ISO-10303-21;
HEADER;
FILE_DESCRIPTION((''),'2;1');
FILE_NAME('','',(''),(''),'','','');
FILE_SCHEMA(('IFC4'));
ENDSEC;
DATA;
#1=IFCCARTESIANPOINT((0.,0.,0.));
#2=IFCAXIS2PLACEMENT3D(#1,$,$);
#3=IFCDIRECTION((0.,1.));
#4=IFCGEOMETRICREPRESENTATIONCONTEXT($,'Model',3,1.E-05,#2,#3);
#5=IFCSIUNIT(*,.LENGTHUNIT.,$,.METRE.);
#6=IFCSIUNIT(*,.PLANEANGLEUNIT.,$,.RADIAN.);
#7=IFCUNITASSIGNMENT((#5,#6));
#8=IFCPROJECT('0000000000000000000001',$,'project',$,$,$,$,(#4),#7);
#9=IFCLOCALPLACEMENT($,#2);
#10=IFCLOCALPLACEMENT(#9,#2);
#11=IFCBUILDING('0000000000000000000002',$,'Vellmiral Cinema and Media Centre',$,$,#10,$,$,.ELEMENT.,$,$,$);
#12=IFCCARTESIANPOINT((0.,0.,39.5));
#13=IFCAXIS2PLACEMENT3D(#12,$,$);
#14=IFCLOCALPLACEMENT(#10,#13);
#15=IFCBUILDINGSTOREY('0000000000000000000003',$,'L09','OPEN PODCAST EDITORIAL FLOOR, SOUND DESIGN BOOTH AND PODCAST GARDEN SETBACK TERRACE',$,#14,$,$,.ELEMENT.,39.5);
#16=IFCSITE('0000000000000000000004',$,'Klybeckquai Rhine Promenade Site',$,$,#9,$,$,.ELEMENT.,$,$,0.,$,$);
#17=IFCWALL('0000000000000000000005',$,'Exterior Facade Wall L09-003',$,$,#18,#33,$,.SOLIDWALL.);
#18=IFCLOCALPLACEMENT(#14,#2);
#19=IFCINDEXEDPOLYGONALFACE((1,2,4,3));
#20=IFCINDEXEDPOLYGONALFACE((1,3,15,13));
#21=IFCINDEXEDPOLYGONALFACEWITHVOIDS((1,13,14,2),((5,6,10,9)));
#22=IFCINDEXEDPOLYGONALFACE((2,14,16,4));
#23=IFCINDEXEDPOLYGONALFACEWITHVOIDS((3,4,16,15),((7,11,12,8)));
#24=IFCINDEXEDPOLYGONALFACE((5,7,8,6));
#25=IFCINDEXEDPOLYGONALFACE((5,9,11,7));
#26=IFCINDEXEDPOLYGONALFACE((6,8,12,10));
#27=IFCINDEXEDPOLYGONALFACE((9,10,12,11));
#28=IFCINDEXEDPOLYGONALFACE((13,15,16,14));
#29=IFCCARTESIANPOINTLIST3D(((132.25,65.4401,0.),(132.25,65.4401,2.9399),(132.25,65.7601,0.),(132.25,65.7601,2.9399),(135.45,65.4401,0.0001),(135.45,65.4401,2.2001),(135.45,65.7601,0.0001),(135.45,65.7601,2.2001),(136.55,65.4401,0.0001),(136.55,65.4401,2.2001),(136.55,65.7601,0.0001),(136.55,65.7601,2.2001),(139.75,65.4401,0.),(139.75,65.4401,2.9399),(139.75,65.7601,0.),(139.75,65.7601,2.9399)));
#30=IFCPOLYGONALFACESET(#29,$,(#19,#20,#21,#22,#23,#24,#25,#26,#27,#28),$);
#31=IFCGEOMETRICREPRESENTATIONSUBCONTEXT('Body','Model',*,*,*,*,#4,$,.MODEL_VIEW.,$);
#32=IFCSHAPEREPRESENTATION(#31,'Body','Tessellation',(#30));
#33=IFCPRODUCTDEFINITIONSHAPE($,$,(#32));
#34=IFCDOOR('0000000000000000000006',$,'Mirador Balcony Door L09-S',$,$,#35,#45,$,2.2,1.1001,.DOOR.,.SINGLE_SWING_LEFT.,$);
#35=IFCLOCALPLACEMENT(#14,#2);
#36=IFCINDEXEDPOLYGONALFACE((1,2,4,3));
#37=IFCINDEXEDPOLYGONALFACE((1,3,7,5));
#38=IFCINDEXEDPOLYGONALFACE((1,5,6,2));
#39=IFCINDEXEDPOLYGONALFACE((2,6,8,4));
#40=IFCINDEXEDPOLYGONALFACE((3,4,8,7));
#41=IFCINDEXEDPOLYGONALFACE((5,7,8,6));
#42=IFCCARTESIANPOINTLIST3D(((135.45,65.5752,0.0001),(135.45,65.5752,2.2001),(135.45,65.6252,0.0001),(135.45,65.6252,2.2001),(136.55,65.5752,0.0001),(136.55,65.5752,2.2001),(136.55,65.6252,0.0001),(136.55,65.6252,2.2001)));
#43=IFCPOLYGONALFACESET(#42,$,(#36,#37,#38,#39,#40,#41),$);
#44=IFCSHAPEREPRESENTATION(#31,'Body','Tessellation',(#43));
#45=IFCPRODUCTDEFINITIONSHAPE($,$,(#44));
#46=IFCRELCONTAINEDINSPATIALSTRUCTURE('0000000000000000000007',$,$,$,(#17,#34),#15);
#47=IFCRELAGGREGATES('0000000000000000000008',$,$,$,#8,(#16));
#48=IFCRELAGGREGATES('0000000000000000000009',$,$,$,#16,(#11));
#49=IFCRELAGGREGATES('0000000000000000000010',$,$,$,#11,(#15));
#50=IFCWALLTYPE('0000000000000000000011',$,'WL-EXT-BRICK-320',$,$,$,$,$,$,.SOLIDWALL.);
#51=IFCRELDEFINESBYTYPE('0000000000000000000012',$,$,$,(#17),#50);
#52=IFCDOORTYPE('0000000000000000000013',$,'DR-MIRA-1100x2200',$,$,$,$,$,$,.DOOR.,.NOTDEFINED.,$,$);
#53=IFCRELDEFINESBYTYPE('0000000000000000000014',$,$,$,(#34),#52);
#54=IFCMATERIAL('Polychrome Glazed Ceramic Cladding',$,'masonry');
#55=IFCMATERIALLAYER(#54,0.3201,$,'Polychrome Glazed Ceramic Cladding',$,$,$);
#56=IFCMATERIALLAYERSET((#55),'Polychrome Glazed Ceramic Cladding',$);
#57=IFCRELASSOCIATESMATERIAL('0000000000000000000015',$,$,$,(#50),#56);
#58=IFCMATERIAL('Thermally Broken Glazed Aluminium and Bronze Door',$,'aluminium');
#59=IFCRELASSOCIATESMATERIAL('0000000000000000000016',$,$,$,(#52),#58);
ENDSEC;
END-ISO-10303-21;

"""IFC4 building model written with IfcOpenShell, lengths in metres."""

from ifc_helpers import new_model, si_unit, direction, frame, frame_2d, origin, place, context, subcontext, project, spatial, rectangle, extrude, material, layer, layer_set, type_object, element, fill, save


model = new_model("IFC4")

# Units and contexts
model_context = context("Model", 3, precision=1e-05, world=origin(), true_north=direction((0.0, 1.0)))
body_context = subcontext(model_context, "Body", "Model", "MODEL_VIEW")
ifc_project = project(units=[si_unit("LENGTHUNIT", "METRE"), si_unit("PLANEANGLEUNIT", "RADIAN")], contexts=[model_context])

# Site, building, storey
site_placement = place(None, origin())
site = spatial("IfcSite", under=ifc_project, at=site_placement, Name="Klybeckquai Rhine Promenade Site", CompositionType="ELEMENT", RefElevation=0.0)
building_placement = place(site_placement, origin())
building = spatial("IfcBuilding", under=site, at=building_placement, Name="Vellmiral Cinema and Media Centre", CompositionType="ELEMENT")
storey_placement = place(building_placement, frame((0.0, 0.0, 39.5)))
storey = spatial("IfcBuildingStorey", under=building, at=storey_placement, Name="L09", Description="OPEN PODCAST EDITORIAL FLOOR, SOUND DESIGN BOOTH AND PODCAST GARDEN SETBACK TERRACE", CompositionType="ELEMENT", Elevation=39.5)

# Wall, opening, door
ifc_material_1 = material(Name="Polychrome Glazed Ceramic Cladding", Category="masonry")
ifc_layer_1 = layer(ifc_material_1, 0.3201, Name="Polychrome Glazed Ceramic Cladding")
ifc_layer_set_1 = layer_set([ifc_layer_1], Name="Polychrome Glazed Ceramic Cladding")
wall_type = type_object("IfcWallType", Name="WL-EXT-BRICK-320", PredefinedType="SOLIDWALL", material=ifc_layer_set_1)
wall_placement = place(storey_placement, frame((132.25, 65.6001, 0.0), z_axis=(0.0, 0.0, 1.0), x_axis=(1.0, 0.0, 0.0)))
wall = element("IfcWall", 1, at=wall_placement, inside=storey, type_object=wall_type, Name="Exterior Facade Wall L09-003", PredefinedType="SOLIDWALL", context=body_context, shape_type="SweptSolid", body=[
    extrude(rectangle(XDim=7.5, YDim=0.3201, at=frame_2d((3.75, 0.0))), origin(), (0.0, 0.0, 1.0), 2.9399),
])
opening_placement = place(wall_placement, frame((3.2, 0.0, 0.0)))
opening = element("IfcOpeningElement", 2, at=opening_placement, cuts=wall, PredefinedType="OPENING", context=body_context, shape_type="SweptSolid", body=[
    extrude(rectangle(XDim=1.1001, YDim=2.2, at=frame_2d((0.55, 1.1001))), frame((0.0, 0.1719, 0.0), z_axis=(0.0, -1.0, 0.0), x_axis=(1.0, 0.0, 0.0)), (0.0, 0.0, 1.0), 0.344),
])
ifc_material_2 = material(Name="Thermally Broken Glazed Aluminium and Bronze Door", Category="aluminium")
door_type = type_object("IfcDoorType", Name="DR-MIRA-1100x2200", OperationType="NOTDEFINED", PredefinedType="DOOR", material=ifc_material_2)
door_placement = place(opening_placement, frame((1.1001, 0.0, 0.0), z_axis=(0.0, 0.0, 1.0), x_axis=(-1.0, 0.0, 0.0)))
door = element("IfcDoor", 3, at=door_placement, inside=storey, type_object=door_type, Name="Mirador Balcony Door L09-S", OperationType="SINGLE_SWING_LEFT", OverallHeight=2.2, OverallWidth=1.1001, PredefinedType="DOOR", context=body_context, shape_type="SweptSolid", body=[
    extrude(rectangle(XDim=1.1001, YDim=2.2, at=frame_2d((0.55, 1.1001))), frame((0.0, 0.0249, 0.0), z_axis=(0.0, -1.0, 0.0), x_axis=(1.0, 0.0, 0.0)), (0.0, 0.0, 1.0), 0.05),
])
fill(opening, door)

save(model, "model.ifc")
